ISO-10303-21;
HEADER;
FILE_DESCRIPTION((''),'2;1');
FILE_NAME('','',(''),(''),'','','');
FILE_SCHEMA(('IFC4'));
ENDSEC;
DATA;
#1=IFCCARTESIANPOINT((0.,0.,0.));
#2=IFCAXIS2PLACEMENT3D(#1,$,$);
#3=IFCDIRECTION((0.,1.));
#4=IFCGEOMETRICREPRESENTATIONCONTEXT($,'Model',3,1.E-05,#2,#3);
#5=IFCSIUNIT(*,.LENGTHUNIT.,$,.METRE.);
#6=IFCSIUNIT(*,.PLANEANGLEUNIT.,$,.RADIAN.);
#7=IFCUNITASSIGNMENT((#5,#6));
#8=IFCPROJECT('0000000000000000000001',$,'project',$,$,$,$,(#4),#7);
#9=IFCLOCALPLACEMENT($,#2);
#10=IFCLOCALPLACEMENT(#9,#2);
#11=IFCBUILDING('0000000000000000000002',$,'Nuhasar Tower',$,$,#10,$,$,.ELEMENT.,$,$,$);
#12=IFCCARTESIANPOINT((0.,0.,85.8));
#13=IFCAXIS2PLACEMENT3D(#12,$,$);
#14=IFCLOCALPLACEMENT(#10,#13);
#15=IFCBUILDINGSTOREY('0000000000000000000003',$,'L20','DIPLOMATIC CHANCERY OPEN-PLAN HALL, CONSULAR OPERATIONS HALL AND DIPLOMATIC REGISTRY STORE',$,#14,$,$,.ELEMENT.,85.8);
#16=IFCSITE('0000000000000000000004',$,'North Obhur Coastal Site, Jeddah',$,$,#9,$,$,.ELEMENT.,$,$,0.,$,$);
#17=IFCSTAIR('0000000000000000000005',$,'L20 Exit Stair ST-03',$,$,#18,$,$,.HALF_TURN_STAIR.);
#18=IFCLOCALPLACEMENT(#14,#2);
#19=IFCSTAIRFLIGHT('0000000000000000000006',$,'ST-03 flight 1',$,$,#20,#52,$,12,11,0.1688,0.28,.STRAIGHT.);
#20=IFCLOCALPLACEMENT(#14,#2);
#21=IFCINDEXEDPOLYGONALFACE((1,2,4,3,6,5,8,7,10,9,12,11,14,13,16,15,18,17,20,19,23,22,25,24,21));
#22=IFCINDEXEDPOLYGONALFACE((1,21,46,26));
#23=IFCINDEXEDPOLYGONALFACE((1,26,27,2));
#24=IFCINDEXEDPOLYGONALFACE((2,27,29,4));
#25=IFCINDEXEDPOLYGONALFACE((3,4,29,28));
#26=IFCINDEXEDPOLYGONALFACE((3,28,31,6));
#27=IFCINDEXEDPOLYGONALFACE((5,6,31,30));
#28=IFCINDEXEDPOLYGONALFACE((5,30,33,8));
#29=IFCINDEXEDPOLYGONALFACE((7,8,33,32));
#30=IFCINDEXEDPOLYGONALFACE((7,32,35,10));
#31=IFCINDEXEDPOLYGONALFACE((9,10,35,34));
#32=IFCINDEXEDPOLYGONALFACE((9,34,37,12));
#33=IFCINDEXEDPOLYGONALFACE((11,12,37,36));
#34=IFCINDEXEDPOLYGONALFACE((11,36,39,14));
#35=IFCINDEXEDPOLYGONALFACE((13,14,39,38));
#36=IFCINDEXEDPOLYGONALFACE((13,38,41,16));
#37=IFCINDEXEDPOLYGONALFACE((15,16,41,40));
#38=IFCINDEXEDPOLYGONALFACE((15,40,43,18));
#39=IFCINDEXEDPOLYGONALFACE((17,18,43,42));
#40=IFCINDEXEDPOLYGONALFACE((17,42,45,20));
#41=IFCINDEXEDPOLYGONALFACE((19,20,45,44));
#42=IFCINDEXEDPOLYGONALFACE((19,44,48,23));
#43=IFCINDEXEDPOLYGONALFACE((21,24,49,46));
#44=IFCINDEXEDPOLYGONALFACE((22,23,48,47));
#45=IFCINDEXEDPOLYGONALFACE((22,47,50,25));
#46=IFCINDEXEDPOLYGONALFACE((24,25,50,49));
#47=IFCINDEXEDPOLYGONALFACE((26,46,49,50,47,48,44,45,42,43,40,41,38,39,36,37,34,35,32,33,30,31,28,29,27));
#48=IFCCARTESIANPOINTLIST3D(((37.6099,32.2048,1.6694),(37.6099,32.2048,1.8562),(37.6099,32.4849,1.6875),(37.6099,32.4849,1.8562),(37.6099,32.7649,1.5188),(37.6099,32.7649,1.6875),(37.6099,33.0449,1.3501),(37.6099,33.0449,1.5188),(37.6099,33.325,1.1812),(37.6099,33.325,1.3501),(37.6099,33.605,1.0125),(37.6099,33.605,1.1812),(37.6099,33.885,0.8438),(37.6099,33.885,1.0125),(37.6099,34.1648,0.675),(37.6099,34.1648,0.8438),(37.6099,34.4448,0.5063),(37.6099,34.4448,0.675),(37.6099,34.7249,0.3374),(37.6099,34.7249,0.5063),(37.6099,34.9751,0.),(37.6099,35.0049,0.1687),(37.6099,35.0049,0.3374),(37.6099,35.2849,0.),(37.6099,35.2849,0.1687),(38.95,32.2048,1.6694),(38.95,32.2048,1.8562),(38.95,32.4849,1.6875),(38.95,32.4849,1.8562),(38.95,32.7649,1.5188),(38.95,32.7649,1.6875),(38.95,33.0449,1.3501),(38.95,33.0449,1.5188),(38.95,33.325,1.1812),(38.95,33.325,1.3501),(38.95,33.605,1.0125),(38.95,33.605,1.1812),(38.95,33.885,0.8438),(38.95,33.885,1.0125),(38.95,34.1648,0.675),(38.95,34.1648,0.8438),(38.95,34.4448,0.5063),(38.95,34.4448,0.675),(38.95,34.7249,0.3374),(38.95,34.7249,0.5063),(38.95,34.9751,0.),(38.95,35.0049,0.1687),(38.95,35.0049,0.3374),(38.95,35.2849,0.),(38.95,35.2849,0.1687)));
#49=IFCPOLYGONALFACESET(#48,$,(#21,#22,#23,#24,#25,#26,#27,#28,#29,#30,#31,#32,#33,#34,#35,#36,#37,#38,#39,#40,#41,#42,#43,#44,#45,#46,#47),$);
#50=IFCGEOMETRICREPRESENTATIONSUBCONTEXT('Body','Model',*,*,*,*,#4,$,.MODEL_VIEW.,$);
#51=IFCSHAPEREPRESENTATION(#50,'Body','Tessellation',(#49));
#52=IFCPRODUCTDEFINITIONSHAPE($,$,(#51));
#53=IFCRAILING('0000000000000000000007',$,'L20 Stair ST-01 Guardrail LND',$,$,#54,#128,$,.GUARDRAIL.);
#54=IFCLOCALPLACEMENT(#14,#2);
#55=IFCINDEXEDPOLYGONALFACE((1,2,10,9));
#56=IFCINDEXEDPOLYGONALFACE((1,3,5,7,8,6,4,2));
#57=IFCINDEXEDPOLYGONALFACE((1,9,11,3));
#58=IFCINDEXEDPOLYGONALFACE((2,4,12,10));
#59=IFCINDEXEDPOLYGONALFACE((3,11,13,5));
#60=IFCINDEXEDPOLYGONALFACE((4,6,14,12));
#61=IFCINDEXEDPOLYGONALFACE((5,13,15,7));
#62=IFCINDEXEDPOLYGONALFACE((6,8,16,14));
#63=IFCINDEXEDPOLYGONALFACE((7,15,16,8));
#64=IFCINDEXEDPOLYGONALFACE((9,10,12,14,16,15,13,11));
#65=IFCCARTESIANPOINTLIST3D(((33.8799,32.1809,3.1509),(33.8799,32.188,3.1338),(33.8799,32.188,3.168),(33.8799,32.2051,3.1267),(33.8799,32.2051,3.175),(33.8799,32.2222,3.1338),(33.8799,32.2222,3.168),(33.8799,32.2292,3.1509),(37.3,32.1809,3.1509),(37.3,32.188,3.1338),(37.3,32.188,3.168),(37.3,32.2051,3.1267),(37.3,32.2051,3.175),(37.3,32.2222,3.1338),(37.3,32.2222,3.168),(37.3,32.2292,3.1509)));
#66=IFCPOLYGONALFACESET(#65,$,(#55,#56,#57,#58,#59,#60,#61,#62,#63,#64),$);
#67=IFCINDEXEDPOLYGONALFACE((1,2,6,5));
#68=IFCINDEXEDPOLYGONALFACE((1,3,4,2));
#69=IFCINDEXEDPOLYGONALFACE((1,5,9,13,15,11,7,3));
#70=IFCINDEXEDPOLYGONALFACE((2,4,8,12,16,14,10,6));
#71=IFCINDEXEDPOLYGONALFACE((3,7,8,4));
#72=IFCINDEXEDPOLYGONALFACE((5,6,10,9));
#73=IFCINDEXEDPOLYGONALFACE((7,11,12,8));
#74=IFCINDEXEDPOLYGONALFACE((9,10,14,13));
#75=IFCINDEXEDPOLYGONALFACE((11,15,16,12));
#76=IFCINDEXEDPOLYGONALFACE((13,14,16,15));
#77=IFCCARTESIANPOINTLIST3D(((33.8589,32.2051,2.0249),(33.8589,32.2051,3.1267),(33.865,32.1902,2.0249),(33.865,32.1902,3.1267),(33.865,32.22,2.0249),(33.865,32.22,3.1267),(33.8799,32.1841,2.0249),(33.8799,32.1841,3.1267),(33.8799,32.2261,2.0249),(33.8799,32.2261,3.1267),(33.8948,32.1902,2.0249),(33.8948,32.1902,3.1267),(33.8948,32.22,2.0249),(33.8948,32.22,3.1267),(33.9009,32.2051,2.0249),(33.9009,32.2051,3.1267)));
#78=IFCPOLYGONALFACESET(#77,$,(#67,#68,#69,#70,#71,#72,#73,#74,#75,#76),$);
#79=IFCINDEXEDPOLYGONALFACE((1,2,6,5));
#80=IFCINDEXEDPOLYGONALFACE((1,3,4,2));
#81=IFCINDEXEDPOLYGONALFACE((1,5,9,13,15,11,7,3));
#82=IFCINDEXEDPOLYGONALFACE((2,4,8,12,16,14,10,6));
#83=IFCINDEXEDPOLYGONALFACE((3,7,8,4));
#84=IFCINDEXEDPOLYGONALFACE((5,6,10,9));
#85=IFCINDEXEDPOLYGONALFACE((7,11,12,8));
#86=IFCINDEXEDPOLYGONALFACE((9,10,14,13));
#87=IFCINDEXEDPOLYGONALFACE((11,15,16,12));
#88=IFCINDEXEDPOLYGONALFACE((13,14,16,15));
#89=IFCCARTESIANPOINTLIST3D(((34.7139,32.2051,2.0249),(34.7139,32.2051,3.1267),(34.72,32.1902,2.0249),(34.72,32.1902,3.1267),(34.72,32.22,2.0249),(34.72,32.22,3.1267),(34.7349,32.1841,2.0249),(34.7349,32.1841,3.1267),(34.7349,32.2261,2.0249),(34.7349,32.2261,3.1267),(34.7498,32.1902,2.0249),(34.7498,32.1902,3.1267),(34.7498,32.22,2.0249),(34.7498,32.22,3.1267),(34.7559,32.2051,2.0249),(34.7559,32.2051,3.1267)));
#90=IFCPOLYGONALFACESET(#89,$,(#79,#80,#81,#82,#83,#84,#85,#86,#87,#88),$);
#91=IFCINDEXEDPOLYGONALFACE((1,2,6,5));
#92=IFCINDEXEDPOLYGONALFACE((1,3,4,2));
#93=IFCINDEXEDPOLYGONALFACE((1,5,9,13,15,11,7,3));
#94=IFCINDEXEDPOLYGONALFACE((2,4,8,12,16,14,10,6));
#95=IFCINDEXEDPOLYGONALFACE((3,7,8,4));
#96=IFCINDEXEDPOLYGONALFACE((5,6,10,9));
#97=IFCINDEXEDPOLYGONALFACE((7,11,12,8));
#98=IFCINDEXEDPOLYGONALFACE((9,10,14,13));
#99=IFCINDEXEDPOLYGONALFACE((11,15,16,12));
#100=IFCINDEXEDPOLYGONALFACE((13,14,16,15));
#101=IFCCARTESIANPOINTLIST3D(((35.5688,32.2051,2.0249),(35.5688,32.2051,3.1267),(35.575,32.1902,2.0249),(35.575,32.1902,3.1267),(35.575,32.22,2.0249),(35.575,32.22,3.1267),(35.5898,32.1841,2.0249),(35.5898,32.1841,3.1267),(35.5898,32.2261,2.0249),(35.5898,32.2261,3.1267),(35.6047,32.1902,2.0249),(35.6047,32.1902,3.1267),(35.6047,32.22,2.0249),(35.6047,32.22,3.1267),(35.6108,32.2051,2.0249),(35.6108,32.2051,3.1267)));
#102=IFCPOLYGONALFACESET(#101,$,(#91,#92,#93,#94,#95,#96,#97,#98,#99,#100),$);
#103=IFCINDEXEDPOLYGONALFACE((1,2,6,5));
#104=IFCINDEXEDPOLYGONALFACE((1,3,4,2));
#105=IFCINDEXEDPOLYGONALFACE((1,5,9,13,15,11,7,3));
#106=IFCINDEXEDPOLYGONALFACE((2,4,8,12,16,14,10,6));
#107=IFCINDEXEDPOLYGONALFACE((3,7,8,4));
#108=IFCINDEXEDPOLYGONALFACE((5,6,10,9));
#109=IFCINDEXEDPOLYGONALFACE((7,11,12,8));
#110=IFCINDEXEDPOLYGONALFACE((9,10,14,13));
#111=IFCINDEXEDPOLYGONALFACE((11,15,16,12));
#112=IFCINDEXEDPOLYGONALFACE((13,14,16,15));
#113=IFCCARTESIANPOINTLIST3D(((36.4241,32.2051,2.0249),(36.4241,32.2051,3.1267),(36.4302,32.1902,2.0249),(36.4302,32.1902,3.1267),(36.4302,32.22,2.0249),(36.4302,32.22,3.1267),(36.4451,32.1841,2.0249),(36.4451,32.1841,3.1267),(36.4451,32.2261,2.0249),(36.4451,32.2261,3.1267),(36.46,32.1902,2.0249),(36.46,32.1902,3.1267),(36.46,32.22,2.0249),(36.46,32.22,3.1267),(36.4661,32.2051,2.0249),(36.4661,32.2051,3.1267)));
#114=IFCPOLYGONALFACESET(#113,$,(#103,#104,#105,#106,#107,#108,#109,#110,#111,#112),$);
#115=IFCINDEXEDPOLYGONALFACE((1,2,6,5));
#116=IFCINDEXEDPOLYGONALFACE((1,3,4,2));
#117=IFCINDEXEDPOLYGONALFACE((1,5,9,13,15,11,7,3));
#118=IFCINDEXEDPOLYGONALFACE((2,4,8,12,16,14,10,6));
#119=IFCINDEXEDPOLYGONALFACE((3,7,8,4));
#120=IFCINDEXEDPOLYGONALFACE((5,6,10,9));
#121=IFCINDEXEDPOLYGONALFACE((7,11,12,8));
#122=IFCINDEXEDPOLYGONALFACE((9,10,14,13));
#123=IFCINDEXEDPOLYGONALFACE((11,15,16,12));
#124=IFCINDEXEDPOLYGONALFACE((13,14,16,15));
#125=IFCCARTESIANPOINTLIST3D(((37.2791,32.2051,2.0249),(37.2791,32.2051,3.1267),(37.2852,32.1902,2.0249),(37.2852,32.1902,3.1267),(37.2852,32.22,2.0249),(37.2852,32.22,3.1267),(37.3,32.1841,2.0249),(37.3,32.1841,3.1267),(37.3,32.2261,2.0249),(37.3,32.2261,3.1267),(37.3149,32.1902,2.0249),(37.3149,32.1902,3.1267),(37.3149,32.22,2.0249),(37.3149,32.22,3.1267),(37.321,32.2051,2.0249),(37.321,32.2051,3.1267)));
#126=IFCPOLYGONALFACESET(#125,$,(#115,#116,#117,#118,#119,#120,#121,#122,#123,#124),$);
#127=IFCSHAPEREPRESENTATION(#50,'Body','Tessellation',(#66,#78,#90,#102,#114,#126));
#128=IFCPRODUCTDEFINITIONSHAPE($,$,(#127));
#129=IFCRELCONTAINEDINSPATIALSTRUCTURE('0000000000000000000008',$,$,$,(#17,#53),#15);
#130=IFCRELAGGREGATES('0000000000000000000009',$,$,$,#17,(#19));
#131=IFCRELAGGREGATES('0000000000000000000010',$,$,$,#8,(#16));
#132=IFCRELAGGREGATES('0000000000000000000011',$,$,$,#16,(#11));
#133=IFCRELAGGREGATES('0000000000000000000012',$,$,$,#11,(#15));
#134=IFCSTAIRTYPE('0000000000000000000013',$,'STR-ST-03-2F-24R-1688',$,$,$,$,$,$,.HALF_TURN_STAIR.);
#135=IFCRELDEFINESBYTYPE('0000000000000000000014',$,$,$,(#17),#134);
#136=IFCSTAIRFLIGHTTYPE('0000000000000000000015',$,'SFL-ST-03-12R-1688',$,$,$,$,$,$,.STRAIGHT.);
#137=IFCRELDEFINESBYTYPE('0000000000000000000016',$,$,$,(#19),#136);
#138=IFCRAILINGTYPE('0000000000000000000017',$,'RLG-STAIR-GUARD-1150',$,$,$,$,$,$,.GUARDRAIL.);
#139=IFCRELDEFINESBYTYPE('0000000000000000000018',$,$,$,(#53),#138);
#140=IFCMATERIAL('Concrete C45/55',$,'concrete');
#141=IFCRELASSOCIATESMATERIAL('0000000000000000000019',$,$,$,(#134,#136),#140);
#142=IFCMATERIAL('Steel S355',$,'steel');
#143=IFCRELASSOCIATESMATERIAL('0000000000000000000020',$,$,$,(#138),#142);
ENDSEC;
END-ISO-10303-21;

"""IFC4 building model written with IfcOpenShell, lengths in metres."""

from ifc_helpers import new_model, si_unit, direction, frame, origin, place, context, subcontext, project, spatial, polyline, outline, extrude, material, type_object, element, aggregate, save


model = new_model("IFC4")

# Units and contexts
model_context = context("Model", 3, precision=1e-05, world=origin(), true_north=direction((0.0, 1.0)))
body_context = subcontext(model_context, "Body", "Model", "MODEL_VIEW")
ifc_project = project(units=[si_unit("LENGTHUNIT", "METRE"), si_unit("PLANEANGLEUNIT", "RADIAN")], contexts=[model_context])

# Site, building, storey
site_placement = place(None, origin())
site = spatial("IfcSite", under=ifc_project, at=site_placement, Name="North Obhur Coastal Site, Jeddah", CompositionType="ELEMENT", RefElevation=0.0)
building_placement = place(site_placement, origin())
building = spatial("IfcBuilding", under=site, at=building_placement, Name="Nuhasar Tower", CompositionType="ELEMENT")
storey_placement = place(building_placement, frame((0.0, 0.0, 85.8)))
storey = spatial("IfcBuildingStorey", under=building, at=storey_placement, Name="L20", Description="DIPLOMATIC CHANCERY OPEN-PLAN HALL, CONSULAR OPERATIONS HALL AND DIPLOMATIC REGISTRY STORE", CompositionType="ELEMENT", Elevation=85.8)

# Shared definitions
ifc_material_1 = material(Name="Steel S355", Category="steel")

# Shared definitions
ifc_material_2 = material(Name="Concrete C45/55", Category="concrete")

# Stair, stair flight
stair_type_1 = type_object("IfcStairType", Name="STR-ST-03-2F-24R-1688", PredefinedType="HALF_TURN_STAIR", material=ifc_material_2)
stair_1_placement = place(storey_placement, origin())
stair_1 = element("IfcStair", 1, at=stair_1_placement, inside=storey, type_object=stair_type_1, Name="L20 Exit Stair ST-03", PredefinedType="HALF_TURN_STAIR")
stair_flight_type_1 = type_object("IfcStairFlightType", Name="SFL-ST-03-12R-1688", PredefinedType="STRAIGHT", material=ifc_material_2)
stair_flight_1_placement = place(storey_placement, frame((38.28, 35.2849, 0.0), z_axis=(0.0, 0.0, 1.0), x_axis=(0.0, -1.0, 0.0)))
stair_flight_1 = element("IfcStairFlight", 2, at=stair_flight_1_placement, type_object=stair_flight_type_1, Name="ST-03 flight 1", NumberOfRisers=12, NumberOfTreads=11, PredefinedType="STRAIGHT", RiserHeight=0.1688, TreadLength=0.28, context=body_context, shape_type="SweptSolid", body=[
    extrude(outline(polyline([(0.0, 0.0), (0.0, 0.1687), (0.28, 0.1687), (0.28, 0.3374), (0.5601, 0.3374), (0.5601, 0.5063), (0.8401, 0.5063), (0.8401, 0.675), (1.1201, 0.675), (1.1201, 0.8438), (1.3999, 0.8438), (1.3999, 1.0125), (1.6799, 1.0125), (1.6799, 1.1812), (1.96, 1.1812), (1.96, 1.3501), (2.24, 1.3501), (2.24, 1.5188), (2.52, 1.5188), (2.52, 1.6875), (2.8, 1.6875), (2.8, 1.8562), (3.0801, 1.8562), (3.0801, 2.0249), (3.0801, 1.6694), (0.3098, 0.0), (0.0, 0.0)])), frame((0.0, 0.6699, 0.0), z_axis=(0.0, -1.0, 0.0), x_axis=(1.0, 0.0, 0.0)), (0.0, 0.0, 1.0), 1.3401),
])
aggregate(stair_1, [stair_flight_1])

# Railing
railing_type_1 = type_object("IfcRailingType", Name="RLG-STAIR-GUARD-1150", PredefinedType="GUARDRAIL", material=ifc_material_1)
railing_1_placement = place(storey_placement, frame((33.8799, 32.2051, 2.0249)))
element("IfcRailing", 3, at=railing_1_placement, inside=storey, type_object=railing_type_1, Name="L20 Stair ST-01 Guardrail LND", PredefinedType="GUARDRAIL", context=body_context, shape_type="SweptSolid", body=[
    extrude(outline(polyline([(0.0242, 0.0), (0.0171, 0.0171), (0.0, 0.0242), (-0.0171, 0.0171), (-0.0242, 0.0), (-0.0171, -0.0171), (0.0, -0.0242), (0.0171, -0.0171), (0.0242, 0.0)])), frame((0.0, 0.0, 1.126), z_axis=(1.0, 0.0, 0.0), x_axis=(0.0, 1.0, 0.0)), (0.0, 0.0, 1.0), 3.4202),
    extrude(outline(polyline([(0.021, 0.0), (0.0149, 0.0149), (0.0, 0.021), (-0.0149, 0.0149), (-0.021, 0.0), (-0.0149, -0.0149), (0.0, -0.021), (0.0149, -0.0149), (0.021, 0.0)])), origin(), (0.0, 0.0, 1.0), 1.1018),
    extrude(outline(polyline([(0.021, 0.0), (0.0149, 0.0149), (0.0, 0.021), (-0.0149, 0.0149), (-0.021, 0.0), (-0.0149, -0.0149), (0.0, -0.021), (0.0149, -0.0149), (0.021, 0.0)])), frame((0.855, 0.0, 0.0)), (0.0, 0.0, 1.0), 1.1018),
    extrude(outline(polyline([(0.021, 0.0), (0.0149, 0.0149), (0.0, 0.021), (-0.0149, 0.0149), (-0.021, 0.0), (-0.0149, -0.0149), (0.0, -0.021), (0.0149, -0.0149), (0.021, 0.0)])), frame((1.71, 0.0, 0.0)), (0.0, 0.0, 1.0), 1.1018),
    extrude(outline(polyline([(0.021, 0.0), (0.0149, 0.0149), (0.0, 0.021), (-0.0149, 0.0149), (-0.021, 0.0), (-0.0149, -0.0149), (0.0, -0.021), (0.0149, -0.0149), (0.021, 0.0)])), frame((2.5652, 0.0, 0.0)), (0.0, 0.0, 1.0), 1.1018),
    extrude(outline(polyline([(0.021, 0.0), (0.0149, 0.0149), (0.0, 0.021), (-0.0149, 0.0149), (-0.021, 0.0), (-0.0149, -0.0149), (0.0, -0.021), (0.0149, -0.0149), (0.021, 0.0)])), frame((3.4202, 0.0, 0.0)), (0.0, 0.0, 1.0), 1.1018),
])

save(model, "model.ifc")
